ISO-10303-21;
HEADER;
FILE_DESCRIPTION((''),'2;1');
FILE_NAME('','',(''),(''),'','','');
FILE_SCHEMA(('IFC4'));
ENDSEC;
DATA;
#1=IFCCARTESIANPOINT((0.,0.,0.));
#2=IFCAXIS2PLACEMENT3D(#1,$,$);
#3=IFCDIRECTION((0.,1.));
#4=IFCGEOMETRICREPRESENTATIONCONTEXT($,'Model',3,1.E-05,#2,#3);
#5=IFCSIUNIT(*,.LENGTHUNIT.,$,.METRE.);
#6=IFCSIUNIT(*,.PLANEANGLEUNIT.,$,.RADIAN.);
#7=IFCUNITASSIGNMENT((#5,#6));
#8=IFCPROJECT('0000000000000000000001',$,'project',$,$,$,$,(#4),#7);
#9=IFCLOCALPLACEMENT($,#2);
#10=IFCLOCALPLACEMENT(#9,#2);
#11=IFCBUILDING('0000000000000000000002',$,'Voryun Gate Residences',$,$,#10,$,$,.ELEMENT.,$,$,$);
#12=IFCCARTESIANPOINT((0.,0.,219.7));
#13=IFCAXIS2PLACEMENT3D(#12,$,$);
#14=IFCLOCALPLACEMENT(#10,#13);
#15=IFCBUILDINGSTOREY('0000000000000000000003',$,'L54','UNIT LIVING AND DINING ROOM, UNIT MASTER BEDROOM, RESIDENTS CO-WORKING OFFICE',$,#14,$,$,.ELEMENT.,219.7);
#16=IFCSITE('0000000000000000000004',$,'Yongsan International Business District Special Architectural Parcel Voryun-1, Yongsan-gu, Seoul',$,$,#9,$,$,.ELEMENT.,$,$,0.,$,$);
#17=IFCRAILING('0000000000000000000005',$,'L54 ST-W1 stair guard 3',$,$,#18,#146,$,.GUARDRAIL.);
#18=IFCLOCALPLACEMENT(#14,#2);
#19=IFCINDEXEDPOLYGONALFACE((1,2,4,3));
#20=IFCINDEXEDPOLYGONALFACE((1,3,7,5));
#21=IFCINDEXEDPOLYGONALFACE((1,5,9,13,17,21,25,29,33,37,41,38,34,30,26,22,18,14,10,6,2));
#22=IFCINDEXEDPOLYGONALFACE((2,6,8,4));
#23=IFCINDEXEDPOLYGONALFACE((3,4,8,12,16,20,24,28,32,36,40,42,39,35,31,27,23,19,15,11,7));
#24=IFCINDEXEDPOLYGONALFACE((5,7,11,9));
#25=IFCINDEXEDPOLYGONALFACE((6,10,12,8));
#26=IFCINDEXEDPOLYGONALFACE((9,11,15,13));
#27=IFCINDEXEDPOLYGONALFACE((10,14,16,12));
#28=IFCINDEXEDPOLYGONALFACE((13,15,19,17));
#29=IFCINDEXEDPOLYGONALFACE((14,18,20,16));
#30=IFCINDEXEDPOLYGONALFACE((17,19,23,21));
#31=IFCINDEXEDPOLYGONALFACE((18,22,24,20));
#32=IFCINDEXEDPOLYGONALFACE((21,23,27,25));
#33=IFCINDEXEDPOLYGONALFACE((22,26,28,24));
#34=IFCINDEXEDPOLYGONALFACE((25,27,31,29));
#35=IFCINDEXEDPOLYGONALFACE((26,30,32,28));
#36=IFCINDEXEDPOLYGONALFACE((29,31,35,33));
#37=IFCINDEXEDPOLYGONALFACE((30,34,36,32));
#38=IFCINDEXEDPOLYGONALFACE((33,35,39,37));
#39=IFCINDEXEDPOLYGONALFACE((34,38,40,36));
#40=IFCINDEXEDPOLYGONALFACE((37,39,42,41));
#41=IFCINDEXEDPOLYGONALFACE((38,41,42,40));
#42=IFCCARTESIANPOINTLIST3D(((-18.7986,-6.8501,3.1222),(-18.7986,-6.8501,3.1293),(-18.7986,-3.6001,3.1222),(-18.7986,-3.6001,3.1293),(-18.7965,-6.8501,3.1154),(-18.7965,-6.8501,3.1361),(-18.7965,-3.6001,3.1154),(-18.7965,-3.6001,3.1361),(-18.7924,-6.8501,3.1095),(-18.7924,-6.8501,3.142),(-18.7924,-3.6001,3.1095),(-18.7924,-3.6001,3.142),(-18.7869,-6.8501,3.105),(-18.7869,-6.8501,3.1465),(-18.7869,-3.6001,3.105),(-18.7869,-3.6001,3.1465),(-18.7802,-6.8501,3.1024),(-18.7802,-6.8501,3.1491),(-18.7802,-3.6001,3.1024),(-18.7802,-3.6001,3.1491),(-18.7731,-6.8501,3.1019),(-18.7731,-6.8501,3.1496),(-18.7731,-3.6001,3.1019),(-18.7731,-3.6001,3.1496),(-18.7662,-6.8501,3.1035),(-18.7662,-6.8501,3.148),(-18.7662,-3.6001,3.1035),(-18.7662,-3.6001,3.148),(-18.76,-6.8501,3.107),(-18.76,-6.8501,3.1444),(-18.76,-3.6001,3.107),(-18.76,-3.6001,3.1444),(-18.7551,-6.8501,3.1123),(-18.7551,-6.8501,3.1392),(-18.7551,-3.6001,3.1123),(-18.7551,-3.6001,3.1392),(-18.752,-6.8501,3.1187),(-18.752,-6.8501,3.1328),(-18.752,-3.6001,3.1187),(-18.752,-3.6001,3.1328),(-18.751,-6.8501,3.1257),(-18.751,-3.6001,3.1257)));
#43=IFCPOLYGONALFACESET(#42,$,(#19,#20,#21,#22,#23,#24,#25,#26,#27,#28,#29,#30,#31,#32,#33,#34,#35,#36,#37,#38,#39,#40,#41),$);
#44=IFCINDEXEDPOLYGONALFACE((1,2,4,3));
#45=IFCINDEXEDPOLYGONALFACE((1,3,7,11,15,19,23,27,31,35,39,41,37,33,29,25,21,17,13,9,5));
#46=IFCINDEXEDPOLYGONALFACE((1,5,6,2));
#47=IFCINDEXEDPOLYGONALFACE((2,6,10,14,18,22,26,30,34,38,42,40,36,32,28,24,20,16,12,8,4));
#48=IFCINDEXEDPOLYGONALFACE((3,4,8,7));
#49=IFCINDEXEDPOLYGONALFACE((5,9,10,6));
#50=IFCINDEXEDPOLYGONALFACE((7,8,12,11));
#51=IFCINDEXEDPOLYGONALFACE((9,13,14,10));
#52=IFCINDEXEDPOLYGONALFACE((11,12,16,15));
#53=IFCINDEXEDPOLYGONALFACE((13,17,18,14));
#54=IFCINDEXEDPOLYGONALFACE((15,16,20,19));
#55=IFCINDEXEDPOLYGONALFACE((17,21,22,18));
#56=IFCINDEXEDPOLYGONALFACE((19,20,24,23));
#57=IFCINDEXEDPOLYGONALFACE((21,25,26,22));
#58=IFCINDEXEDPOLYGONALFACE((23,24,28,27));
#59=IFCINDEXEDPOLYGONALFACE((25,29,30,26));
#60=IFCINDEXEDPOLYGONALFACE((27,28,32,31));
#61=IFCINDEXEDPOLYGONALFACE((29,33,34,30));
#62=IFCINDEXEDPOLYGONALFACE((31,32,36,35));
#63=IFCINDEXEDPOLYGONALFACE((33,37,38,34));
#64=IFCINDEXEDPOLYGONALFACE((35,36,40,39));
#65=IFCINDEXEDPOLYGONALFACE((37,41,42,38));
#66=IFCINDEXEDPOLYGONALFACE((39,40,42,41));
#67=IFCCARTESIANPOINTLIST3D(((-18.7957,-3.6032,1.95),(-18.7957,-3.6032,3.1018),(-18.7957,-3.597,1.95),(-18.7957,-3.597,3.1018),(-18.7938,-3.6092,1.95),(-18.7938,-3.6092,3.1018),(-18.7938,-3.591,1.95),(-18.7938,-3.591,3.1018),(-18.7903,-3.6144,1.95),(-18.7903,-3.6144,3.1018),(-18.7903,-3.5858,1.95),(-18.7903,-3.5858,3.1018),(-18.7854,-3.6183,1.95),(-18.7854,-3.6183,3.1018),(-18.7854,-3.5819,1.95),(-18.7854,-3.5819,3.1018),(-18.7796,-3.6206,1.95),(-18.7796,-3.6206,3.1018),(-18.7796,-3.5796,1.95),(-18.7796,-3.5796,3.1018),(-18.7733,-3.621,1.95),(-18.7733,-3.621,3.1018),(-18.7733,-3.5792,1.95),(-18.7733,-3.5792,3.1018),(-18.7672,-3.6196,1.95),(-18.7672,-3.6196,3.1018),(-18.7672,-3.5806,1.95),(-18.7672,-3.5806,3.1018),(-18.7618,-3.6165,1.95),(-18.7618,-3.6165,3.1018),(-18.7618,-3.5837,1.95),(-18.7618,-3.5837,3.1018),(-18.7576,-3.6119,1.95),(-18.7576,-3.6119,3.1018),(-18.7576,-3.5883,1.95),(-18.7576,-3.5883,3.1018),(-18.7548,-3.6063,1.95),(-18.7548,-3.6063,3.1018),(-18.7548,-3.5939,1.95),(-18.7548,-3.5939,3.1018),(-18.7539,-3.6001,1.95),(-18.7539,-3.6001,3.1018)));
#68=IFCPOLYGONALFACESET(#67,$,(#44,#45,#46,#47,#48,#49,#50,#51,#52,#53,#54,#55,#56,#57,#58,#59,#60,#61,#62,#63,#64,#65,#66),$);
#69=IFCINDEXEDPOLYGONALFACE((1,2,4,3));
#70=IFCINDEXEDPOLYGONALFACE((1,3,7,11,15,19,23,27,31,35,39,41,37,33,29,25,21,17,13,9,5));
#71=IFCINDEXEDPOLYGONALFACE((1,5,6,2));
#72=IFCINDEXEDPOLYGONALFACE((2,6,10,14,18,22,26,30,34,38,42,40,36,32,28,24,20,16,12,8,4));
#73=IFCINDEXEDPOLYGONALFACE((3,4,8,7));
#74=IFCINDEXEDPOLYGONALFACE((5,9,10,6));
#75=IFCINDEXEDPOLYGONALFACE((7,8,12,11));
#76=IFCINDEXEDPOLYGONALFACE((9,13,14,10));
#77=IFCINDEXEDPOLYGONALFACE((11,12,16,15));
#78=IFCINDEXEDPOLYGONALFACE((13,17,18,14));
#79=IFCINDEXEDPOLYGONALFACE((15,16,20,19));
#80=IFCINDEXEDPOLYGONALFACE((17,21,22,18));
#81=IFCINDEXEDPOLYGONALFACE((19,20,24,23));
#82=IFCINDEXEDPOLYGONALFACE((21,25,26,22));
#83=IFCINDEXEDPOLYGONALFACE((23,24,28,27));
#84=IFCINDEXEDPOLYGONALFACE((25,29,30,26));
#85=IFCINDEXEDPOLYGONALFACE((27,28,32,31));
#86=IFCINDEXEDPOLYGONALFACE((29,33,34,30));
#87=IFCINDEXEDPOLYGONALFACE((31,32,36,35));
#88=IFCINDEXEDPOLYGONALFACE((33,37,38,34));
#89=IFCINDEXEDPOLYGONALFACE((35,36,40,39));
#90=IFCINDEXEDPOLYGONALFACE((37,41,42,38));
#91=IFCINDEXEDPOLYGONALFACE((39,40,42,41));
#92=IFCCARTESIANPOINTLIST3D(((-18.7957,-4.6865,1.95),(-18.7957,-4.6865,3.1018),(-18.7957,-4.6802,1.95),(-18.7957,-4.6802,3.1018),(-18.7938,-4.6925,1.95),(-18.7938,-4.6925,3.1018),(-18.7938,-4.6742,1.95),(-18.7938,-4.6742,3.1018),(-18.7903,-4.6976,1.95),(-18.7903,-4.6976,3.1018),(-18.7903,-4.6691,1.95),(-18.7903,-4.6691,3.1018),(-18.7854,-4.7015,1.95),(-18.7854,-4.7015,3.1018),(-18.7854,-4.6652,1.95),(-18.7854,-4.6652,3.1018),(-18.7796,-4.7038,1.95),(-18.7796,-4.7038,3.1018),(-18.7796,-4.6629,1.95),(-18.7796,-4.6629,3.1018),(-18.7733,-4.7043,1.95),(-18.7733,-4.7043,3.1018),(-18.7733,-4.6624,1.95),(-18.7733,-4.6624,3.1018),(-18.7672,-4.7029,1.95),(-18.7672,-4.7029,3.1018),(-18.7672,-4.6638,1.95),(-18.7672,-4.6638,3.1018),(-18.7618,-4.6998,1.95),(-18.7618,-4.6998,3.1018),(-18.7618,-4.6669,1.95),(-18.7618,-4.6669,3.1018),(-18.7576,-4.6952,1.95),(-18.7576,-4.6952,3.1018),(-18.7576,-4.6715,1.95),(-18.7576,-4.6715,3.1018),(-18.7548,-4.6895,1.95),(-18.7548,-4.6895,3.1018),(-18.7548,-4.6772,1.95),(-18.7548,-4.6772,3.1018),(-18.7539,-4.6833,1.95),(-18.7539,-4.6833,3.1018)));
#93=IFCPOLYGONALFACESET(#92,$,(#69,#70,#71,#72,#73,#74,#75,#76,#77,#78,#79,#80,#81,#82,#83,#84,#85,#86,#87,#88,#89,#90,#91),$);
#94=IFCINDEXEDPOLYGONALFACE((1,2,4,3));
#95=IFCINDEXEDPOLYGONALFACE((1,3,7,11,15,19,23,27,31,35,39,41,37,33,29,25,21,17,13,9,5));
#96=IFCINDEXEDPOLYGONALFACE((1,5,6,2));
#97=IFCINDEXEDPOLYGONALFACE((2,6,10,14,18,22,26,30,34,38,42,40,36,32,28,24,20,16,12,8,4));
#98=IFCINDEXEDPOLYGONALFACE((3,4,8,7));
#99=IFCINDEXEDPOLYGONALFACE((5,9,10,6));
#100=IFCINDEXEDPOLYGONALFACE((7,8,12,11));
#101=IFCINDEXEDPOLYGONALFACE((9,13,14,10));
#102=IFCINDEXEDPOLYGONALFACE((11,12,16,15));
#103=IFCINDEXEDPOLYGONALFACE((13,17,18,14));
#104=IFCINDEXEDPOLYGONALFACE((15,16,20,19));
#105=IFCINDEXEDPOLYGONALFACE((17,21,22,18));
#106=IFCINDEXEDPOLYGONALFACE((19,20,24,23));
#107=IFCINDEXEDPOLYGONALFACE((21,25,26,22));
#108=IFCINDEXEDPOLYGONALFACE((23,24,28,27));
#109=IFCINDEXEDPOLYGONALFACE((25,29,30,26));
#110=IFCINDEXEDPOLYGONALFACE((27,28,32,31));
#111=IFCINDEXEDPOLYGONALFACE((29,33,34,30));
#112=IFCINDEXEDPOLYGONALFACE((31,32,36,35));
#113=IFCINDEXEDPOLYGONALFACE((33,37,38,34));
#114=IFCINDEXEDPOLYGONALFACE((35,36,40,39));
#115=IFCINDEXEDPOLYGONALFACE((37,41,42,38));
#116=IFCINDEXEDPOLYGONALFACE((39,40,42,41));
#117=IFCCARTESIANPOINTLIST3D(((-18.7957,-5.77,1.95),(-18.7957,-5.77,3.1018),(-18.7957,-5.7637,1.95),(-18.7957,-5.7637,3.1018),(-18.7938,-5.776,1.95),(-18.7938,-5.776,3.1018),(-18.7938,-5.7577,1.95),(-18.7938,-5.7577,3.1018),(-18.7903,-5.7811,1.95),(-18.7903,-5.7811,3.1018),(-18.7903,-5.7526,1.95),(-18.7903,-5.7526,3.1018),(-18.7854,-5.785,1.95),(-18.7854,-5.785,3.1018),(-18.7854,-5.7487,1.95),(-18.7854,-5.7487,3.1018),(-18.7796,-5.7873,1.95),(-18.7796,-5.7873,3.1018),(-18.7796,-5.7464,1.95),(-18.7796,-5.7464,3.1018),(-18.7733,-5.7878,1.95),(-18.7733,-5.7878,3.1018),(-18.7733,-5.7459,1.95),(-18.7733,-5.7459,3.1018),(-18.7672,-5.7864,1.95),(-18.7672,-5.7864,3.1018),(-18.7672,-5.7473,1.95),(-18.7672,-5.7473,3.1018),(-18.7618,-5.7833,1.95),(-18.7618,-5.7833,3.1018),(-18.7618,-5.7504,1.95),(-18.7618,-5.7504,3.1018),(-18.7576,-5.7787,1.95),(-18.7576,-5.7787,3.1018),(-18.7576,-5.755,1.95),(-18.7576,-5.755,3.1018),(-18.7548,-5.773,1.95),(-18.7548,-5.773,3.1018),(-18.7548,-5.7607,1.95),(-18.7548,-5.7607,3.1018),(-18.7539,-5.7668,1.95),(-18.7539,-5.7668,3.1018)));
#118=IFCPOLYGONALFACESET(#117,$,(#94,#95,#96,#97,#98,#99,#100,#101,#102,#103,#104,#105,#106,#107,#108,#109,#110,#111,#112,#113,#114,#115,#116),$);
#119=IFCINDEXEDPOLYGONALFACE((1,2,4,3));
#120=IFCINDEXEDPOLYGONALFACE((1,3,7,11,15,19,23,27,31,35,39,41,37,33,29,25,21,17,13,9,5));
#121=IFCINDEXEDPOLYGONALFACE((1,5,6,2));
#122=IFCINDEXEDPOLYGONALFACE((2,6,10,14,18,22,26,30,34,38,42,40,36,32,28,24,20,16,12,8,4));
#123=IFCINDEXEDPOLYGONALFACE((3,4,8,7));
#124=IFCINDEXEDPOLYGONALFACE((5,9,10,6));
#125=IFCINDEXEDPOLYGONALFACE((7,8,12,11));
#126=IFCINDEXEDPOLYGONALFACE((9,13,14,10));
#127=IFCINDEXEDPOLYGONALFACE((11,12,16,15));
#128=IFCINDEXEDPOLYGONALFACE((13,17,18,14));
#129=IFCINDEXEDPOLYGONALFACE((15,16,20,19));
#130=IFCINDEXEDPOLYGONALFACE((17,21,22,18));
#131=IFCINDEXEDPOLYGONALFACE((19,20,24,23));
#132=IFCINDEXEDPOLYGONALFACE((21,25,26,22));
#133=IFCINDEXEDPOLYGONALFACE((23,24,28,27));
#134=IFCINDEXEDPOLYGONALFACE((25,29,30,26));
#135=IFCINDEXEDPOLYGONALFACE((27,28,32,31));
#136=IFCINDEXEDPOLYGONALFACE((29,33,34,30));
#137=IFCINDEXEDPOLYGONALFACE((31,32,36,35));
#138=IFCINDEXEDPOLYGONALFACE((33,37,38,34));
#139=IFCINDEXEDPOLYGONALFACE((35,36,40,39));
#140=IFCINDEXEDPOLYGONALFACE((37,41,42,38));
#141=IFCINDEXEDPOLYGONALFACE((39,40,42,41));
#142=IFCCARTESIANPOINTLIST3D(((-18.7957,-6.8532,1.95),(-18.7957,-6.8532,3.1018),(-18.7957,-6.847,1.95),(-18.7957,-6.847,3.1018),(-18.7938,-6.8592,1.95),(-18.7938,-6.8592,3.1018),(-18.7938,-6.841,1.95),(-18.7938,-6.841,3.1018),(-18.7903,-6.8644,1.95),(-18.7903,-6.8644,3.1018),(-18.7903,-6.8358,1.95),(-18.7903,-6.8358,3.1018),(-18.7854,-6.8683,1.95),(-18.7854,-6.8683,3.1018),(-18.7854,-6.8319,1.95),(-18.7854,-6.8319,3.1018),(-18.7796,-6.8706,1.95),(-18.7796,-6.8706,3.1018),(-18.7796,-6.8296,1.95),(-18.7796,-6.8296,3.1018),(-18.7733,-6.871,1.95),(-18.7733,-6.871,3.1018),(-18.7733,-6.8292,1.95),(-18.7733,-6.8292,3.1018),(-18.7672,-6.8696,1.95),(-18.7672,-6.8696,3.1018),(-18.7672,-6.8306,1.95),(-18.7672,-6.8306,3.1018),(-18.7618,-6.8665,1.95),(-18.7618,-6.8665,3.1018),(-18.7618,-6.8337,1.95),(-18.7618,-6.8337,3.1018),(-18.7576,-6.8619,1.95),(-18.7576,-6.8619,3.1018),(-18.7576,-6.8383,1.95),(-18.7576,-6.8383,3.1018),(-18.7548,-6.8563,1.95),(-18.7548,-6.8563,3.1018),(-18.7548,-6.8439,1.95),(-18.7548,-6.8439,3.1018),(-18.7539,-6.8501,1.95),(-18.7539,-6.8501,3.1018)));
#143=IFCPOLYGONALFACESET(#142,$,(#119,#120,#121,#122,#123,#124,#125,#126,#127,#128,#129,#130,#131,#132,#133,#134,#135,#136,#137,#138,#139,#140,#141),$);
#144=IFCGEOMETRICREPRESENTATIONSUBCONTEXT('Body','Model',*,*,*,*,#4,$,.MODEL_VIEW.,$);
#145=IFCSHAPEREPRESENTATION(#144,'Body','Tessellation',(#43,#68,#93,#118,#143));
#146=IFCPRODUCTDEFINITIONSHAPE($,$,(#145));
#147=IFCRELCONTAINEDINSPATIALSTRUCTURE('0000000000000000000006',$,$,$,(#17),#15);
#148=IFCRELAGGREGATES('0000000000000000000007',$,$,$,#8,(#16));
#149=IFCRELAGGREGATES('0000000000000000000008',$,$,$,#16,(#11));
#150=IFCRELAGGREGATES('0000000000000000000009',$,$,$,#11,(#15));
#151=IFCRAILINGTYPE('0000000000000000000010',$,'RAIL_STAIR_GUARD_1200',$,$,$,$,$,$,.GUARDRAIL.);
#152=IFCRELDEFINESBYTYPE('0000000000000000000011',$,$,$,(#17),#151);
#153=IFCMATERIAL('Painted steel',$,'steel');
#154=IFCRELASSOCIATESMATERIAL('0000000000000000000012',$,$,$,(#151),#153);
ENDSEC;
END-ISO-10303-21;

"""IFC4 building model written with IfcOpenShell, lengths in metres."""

from ifc_helpers import new_model, si_unit, direction, frame, origin, origin_2d, place, context, subcontext, project, spatial, circle, extrude, material, type_object, element, save


model = new_model("IFC4")

# Units and contexts
model_context = context("Model", 3, precision=1e-05, world=origin(), true_north=direction((0.0, 1.0)))
body_context = subcontext(model_context, "Body", "Model", "MODEL_VIEW")
ifc_project = project(units=[si_unit("LENGTHUNIT", "METRE"), si_unit("PLANEANGLEUNIT", "RADIAN")], contexts=[model_context])

# Site, building, storey
site_placement = place(None, origin())
site = spatial("IfcSite", under=ifc_project, at=site_placement, Name="Yongsan International Business District Special Architectural Parcel Voryun-1, Yongsan-gu, Seoul", CompositionType="ELEMENT", RefElevation=0.0)
building_placement = place(site_placement, origin())
building = spatial("IfcBuilding", under=site, at=building_placement, Name="Voryun Gate Residences", CompositionType="ELEMENT")
storey_placement = place(building_placement, frame((0.0, 0.0, 219.7)))
storey = spatial("IfcBuildingStorey", under=building, at=storey_placement, Name="L54", Description="UNIT LIVING AND DINING ROOM, UNIT MASTER BEDROOM, RESIDENTS CO-WORKING OFFICE", CompositionType="ELEMENT", Elevation=219.7)

# Railing
ifc_material_1 = material(Name="Painted steel", Category="steel")
railing_type_1 = type_object("IfcRailingType", Name="RAIL_STAIR_GUARD_1200", PredefinedType="GUARDRAIL", material=ifc_material_1)
railing_1_placement = place(storey_placement, frame((-18.7749, -3.6001, 1.95)))
element("IfcRailing", 1, at=railing_1_placement, inside=storey, type_object=railing_type_1, Name="L54 ST-W1 stair guard 3", PredefinedType="GUARDRAIL", context=body_context, shape_type="SweptSolid", body=[
    extrude(circle(Radius=0.0239, at=origin_2d()), frame((0.0, 0.0, 1.1758), z_axis=(0.0, -1.0, 0.0), x_axis=(1.0, 0.0, 0.0)), (0.0, 0.0, 1.0), 3.25),
    extrude(circle(Radius=0.021, at=origin_2d()), origin(), (0.0, 0.0, 1.0), 1.1519),
    extrude(circle(Radius=0.021, at=origin_2d()), frame((0.0, -1.0833, 0.0)), (0.0, 0.0, 1.0), 1.1519),
    extrude(circle(Radius=0.021, at=origin_2d()), frame((0.0, -2.1667, 0.0)), (0.0, 0.0, 1.0), 1.1519),
    extrude(circle(Radius=0.021, at=origin_2d()), frame((0.0, -3.25, 0.0)), (0.0, 0.0, 1.0), 1.1519),
])

save(model, "model.ifc")
